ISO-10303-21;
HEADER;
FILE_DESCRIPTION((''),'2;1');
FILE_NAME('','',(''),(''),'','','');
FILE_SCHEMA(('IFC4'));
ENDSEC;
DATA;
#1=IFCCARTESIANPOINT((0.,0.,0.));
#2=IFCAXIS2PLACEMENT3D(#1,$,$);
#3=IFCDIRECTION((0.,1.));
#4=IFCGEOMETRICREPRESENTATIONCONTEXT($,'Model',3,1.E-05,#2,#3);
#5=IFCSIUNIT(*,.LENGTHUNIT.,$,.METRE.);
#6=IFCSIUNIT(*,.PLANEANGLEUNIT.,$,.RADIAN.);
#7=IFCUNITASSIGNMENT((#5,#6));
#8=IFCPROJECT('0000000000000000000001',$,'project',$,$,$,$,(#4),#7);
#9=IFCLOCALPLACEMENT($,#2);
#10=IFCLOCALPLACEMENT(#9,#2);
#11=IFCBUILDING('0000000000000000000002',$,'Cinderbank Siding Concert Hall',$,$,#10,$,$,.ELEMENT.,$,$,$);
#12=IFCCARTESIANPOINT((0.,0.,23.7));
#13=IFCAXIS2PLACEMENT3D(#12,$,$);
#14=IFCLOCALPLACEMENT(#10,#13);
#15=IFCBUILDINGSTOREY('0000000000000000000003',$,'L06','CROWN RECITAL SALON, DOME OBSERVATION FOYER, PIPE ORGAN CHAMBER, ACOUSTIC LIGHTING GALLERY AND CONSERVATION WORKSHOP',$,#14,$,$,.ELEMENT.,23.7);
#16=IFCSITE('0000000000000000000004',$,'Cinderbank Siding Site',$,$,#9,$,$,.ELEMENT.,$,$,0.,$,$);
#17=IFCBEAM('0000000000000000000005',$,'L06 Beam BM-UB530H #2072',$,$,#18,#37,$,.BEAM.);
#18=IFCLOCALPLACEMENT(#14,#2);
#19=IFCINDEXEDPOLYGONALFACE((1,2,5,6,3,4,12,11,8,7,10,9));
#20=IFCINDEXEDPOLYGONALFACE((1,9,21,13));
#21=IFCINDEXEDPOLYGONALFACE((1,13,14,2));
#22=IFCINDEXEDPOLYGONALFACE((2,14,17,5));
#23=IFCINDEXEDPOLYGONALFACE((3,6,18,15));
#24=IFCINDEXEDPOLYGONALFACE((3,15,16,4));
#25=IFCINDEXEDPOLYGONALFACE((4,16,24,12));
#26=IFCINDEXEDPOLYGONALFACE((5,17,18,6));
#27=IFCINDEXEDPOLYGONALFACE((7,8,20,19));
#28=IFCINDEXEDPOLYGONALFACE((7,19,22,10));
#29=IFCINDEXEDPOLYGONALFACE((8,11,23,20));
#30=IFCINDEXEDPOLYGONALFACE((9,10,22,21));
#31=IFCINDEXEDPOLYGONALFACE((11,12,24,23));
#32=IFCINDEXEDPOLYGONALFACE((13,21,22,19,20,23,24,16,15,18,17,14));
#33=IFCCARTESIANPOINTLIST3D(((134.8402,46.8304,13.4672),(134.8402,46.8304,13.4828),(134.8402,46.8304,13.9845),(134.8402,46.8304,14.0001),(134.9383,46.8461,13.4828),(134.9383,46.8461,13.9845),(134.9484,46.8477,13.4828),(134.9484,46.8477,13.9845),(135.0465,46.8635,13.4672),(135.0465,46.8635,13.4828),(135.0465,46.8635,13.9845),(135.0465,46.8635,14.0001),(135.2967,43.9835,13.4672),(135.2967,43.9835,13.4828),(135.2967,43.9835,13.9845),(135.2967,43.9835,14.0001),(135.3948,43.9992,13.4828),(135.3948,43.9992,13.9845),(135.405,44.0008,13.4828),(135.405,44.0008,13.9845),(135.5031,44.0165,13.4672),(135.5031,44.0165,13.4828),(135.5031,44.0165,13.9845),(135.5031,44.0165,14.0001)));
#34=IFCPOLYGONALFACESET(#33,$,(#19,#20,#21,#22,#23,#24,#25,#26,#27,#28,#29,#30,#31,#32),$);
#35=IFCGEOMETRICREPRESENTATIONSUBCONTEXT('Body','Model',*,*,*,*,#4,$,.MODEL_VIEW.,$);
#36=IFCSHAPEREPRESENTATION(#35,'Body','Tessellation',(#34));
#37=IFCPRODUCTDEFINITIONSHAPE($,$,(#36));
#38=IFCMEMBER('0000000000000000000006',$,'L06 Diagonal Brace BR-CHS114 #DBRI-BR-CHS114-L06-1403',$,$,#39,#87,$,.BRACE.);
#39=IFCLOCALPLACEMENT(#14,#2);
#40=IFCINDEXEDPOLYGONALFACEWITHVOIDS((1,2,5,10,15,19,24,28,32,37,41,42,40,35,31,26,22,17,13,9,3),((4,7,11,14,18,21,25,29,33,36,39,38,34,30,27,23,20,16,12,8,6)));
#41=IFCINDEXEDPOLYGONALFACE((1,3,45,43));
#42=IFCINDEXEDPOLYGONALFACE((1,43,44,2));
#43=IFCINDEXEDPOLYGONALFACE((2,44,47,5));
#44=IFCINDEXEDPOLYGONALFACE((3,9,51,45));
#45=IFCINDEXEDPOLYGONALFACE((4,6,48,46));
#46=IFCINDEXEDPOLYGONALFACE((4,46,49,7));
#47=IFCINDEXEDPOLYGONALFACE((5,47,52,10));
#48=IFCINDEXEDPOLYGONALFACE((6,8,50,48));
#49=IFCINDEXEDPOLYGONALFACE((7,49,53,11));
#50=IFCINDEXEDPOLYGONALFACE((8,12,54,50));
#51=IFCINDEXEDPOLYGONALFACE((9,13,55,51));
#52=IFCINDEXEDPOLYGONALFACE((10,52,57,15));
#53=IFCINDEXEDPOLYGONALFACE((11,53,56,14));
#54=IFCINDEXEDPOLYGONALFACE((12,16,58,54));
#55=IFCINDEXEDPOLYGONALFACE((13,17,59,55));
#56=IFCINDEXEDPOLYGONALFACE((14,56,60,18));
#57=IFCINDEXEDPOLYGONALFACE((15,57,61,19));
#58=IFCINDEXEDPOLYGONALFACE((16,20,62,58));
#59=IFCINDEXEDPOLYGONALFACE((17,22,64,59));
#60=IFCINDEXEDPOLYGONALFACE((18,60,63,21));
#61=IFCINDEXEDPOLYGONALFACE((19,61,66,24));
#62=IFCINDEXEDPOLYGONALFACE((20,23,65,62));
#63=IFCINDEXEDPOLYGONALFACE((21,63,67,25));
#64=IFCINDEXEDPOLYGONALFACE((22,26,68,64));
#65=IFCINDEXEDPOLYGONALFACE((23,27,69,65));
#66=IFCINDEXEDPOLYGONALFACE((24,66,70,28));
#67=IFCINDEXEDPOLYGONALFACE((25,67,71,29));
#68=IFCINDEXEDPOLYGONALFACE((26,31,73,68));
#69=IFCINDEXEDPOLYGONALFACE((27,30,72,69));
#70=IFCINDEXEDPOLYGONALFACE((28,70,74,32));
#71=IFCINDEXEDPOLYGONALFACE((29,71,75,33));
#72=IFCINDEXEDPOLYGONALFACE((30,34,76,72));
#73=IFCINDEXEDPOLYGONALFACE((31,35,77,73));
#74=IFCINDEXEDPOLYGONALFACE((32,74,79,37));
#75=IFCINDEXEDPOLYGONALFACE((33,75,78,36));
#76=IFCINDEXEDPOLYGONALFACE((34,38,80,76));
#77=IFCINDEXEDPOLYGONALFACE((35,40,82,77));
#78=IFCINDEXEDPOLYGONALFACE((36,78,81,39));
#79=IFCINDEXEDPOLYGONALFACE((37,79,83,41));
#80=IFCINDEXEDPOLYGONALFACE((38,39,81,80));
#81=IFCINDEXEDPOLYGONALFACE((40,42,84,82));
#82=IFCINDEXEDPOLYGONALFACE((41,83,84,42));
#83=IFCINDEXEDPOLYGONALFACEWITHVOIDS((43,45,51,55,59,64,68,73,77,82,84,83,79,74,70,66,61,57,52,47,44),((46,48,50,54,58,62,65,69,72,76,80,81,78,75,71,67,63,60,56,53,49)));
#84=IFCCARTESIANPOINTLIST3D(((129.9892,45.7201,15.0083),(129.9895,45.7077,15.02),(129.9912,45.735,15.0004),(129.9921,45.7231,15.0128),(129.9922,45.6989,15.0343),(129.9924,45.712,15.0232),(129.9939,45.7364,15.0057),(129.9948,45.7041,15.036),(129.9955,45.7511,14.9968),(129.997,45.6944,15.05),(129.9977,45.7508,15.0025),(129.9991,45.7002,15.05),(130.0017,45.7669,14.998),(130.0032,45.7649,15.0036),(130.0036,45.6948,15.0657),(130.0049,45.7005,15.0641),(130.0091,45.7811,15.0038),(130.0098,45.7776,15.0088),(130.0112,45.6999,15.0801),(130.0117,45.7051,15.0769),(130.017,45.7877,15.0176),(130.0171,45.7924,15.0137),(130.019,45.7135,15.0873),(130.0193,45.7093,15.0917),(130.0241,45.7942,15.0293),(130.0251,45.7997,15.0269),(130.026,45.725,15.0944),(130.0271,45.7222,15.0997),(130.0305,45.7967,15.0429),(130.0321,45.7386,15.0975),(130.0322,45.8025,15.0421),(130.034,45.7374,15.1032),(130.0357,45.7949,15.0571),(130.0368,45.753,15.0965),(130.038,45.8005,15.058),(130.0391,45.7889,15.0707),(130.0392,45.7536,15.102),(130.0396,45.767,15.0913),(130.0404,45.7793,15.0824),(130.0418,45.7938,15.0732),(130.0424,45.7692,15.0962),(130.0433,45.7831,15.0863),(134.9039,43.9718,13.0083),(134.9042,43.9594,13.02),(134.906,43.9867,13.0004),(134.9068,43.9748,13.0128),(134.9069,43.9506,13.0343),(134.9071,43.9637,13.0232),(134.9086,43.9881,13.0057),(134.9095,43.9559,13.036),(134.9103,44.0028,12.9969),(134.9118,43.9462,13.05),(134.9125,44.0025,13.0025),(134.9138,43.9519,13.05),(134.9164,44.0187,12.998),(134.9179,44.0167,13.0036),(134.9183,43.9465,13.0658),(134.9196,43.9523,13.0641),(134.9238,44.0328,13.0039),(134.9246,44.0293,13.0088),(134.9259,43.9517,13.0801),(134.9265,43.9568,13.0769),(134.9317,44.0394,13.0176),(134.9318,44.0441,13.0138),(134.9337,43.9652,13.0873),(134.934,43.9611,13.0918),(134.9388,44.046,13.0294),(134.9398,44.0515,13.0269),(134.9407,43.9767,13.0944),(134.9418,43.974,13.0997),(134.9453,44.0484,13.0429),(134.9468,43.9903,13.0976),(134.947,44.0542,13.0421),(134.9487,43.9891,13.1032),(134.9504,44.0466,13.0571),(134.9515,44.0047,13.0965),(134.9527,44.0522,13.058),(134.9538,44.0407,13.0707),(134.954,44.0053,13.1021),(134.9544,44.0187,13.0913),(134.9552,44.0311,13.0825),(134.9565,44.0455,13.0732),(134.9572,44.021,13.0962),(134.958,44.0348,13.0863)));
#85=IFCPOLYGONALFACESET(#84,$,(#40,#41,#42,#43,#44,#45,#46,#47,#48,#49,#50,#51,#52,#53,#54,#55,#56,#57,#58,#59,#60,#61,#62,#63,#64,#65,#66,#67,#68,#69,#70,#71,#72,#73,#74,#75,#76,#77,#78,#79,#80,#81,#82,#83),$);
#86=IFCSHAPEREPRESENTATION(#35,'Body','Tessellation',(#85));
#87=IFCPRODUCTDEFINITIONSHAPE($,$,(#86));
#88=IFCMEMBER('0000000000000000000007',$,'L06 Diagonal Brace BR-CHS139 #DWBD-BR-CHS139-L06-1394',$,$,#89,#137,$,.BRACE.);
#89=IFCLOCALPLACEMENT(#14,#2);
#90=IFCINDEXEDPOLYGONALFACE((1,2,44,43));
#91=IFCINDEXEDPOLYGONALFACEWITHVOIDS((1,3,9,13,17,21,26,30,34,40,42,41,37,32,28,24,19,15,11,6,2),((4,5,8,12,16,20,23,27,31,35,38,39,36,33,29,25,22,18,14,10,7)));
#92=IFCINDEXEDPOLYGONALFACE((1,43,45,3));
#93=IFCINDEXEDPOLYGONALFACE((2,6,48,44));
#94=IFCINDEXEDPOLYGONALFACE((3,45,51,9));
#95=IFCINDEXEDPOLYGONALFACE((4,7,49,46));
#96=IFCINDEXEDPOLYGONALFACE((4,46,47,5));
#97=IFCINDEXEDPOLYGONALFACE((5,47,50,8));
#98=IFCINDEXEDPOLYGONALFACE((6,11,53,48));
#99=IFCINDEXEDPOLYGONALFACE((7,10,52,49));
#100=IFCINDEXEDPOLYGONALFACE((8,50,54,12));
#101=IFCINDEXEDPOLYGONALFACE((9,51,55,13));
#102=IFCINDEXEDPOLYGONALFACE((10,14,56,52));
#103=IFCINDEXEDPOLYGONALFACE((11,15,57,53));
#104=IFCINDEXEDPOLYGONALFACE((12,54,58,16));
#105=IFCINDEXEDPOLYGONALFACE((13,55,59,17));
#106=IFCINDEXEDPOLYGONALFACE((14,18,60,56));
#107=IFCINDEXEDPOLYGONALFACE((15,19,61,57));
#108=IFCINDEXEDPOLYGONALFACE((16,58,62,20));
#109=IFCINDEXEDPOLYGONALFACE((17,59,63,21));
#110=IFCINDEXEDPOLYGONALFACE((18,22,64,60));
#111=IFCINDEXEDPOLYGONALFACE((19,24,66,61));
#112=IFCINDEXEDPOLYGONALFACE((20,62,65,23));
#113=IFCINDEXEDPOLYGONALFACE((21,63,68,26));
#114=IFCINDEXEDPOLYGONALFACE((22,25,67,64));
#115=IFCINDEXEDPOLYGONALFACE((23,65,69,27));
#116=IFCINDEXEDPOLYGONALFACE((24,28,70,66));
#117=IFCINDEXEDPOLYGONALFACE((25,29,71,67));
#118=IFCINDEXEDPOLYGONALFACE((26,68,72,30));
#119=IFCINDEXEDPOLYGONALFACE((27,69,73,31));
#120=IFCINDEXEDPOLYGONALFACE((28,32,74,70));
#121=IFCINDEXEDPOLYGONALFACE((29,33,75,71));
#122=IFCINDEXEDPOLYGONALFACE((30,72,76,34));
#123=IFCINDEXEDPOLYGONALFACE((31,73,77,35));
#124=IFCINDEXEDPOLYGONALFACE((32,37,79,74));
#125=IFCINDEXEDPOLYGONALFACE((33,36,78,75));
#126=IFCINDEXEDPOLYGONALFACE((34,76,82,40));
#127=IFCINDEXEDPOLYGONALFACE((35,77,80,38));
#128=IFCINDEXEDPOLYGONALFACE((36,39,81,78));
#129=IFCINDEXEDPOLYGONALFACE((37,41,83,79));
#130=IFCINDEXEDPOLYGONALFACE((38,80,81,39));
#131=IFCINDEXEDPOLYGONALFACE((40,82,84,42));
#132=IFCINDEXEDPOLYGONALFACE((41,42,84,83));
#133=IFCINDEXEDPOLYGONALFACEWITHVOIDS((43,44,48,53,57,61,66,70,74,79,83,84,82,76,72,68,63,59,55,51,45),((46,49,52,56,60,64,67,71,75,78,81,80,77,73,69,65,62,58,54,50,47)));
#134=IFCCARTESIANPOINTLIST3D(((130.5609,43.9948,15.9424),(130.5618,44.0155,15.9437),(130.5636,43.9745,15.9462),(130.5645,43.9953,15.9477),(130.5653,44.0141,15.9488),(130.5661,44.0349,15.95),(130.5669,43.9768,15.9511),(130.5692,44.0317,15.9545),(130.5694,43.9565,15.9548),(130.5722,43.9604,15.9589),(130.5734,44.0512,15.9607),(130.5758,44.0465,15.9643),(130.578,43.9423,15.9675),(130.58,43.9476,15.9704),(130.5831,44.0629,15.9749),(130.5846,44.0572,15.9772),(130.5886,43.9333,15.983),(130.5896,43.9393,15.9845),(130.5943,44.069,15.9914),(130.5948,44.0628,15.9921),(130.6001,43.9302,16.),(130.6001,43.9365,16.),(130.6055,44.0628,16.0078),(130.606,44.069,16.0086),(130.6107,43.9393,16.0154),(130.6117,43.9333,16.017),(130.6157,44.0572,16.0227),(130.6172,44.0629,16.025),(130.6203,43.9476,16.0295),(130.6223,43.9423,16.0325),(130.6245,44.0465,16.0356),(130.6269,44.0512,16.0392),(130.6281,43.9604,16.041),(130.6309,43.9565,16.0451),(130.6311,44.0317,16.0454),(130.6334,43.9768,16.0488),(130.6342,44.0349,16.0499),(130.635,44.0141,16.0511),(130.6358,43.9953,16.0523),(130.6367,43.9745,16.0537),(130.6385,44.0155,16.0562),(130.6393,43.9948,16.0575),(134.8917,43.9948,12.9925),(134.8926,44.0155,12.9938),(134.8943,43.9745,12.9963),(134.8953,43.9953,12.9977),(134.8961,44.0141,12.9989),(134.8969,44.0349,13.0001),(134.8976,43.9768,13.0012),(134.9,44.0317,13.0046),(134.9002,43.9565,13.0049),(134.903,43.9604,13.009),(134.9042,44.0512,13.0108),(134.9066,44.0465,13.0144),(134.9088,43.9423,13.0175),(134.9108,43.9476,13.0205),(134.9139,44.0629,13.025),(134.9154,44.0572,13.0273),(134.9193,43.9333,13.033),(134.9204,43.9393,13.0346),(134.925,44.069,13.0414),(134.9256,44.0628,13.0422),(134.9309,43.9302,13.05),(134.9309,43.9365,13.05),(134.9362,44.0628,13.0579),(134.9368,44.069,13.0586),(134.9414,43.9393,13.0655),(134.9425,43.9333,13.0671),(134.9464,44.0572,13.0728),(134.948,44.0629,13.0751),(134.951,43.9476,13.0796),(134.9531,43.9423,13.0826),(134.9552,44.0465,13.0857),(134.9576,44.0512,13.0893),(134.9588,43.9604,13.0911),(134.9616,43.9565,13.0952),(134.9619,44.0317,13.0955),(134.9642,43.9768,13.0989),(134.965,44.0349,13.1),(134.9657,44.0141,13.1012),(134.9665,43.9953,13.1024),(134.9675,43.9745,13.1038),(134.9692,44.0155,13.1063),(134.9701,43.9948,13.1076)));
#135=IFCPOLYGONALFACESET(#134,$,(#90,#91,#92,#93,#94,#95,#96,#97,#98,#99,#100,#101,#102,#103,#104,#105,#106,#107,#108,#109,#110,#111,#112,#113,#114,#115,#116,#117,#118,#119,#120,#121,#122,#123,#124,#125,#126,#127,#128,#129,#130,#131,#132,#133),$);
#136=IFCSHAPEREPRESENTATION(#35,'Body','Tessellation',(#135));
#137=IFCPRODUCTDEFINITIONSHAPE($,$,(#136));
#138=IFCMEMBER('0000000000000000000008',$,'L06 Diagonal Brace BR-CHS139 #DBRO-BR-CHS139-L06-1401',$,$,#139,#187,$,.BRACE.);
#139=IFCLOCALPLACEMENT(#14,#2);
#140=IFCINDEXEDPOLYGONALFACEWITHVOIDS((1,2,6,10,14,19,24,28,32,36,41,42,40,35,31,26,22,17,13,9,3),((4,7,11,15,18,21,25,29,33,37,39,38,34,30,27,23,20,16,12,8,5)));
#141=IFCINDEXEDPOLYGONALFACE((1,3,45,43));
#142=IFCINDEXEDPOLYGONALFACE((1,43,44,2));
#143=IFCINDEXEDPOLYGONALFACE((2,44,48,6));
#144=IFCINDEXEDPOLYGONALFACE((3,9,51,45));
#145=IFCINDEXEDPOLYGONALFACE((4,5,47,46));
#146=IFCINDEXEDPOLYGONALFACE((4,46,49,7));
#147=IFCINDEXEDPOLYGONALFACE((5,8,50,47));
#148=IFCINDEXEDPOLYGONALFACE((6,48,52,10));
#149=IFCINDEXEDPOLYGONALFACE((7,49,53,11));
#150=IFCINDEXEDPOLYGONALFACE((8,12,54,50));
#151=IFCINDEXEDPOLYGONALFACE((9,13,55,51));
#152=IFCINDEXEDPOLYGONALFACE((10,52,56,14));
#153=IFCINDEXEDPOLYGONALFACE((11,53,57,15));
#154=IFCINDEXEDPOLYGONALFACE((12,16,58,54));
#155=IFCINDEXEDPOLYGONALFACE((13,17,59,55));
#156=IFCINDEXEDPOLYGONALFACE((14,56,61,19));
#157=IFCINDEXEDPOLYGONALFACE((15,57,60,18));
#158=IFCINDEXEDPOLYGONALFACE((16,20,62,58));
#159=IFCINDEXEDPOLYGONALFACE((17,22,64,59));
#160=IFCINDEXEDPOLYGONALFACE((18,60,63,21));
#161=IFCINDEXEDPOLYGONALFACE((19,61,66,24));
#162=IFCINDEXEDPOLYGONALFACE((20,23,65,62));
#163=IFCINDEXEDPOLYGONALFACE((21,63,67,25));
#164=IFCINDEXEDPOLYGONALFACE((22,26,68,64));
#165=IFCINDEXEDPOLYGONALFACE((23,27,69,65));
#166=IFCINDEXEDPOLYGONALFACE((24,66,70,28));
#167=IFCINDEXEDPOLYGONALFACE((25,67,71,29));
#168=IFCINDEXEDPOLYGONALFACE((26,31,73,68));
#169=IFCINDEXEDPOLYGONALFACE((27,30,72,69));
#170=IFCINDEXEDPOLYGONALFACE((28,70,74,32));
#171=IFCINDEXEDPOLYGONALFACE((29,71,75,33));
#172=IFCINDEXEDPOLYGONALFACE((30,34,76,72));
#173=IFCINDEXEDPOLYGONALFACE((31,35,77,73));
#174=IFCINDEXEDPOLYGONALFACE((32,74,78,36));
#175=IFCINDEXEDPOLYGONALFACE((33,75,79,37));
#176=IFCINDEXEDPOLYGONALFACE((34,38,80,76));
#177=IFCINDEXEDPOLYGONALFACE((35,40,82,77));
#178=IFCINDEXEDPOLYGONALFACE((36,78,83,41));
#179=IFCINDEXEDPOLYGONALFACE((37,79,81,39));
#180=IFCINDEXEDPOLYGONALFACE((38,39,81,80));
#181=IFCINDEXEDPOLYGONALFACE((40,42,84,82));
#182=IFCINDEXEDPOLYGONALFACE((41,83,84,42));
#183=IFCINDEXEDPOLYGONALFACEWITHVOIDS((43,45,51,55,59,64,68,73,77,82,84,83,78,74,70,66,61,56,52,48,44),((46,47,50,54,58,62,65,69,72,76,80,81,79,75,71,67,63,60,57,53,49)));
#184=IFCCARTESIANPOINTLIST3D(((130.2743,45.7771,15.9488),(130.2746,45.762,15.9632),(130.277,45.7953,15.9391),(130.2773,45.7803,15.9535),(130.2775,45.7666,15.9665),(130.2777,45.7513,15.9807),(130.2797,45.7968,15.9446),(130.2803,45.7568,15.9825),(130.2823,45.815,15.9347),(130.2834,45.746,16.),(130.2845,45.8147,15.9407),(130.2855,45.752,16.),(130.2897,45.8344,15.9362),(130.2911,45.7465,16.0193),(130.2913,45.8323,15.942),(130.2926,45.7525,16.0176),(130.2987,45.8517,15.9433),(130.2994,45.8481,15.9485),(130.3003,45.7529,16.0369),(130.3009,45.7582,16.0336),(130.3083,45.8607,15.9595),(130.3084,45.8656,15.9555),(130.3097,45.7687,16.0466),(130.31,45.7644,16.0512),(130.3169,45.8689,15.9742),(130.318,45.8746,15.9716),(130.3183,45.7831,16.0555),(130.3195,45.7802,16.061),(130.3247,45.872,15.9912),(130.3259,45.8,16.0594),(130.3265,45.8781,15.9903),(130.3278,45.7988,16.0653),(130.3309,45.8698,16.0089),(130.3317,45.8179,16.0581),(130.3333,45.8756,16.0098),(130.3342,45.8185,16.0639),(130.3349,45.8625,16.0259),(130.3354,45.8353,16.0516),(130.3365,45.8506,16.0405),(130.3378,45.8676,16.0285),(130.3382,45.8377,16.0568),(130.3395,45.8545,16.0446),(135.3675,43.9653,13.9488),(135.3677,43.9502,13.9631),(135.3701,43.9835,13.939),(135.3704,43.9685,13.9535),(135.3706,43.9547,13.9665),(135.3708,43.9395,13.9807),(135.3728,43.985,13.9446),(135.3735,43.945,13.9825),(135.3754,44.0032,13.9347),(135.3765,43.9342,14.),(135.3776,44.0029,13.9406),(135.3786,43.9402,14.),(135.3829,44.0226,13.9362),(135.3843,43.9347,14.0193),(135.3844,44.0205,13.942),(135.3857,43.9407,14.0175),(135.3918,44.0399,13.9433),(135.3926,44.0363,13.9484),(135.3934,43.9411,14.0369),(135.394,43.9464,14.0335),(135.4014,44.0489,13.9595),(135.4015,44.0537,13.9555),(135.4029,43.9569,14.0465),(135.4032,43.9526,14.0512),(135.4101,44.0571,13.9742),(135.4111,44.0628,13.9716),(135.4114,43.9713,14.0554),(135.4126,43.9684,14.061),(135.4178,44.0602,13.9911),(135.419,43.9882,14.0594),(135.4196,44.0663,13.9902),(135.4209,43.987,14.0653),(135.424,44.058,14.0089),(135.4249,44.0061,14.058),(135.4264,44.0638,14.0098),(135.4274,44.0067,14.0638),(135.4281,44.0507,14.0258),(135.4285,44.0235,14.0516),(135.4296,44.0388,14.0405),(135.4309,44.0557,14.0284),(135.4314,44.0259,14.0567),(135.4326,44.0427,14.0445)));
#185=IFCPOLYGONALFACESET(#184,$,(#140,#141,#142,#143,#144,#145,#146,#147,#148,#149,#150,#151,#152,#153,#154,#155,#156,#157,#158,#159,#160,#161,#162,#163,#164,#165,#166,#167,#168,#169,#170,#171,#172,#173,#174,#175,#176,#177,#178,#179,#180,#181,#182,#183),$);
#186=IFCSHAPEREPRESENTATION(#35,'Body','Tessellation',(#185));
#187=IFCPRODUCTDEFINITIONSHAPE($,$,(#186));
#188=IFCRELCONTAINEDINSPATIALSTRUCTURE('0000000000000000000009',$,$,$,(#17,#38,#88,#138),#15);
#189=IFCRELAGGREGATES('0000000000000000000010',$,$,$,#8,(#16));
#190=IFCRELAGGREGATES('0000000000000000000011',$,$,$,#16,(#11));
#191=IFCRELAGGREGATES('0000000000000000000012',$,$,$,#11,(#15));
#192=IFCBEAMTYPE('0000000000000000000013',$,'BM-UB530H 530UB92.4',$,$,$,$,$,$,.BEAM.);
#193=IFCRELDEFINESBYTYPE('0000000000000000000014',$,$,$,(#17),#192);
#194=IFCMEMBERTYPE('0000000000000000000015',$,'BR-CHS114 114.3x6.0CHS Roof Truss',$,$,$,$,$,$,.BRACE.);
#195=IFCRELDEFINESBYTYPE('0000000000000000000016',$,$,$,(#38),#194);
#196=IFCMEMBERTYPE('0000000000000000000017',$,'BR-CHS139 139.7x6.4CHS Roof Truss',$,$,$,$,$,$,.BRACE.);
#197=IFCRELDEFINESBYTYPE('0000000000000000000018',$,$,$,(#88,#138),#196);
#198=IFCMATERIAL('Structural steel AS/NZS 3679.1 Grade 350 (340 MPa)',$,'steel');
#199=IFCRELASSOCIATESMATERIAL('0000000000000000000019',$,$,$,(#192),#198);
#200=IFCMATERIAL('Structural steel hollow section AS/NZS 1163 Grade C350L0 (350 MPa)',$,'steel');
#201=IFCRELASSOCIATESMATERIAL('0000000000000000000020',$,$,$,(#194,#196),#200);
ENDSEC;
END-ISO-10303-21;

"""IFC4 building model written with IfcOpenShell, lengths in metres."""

from ifc_helpers import new_model, si_unit, direction, frame, origin, origin_2d, place, context, subcontext, project, spatial, hollow_circle, i_section, extrude, material, material_profile, profile_set, type_object, element, save


model = new_model("IFC4")

# Units and contexts
model_context = context("Model", 3, precision=1e-05, world=origin(), true_north=direction((0.0, 1.0)))
body_context = subcontext(model_context, "Body", "Model", "MODEL_VIEW")
ifc_project = project(units=[si_unit("LENGTHUNIT", "METRE"), si_unit("PLANEANGLEUNIT", "RADIAN")], contexts=[model_context])

# Site, building, storey
site_placement = place(None, origin())
site = spatial("IfcSite", under=ifc_project, at=site_placement, Name="Cinderbank Siding Site", CompositionType="ELEMENT", RefElevation=0.0)
building_placement = place(site_placement, origin())
building = spatial("IfcBuilding", under=site, at=building_placement, Name="Cinderbank Siding Concert Hall", CompositionType="ELEMENT")
storey_placement = place(building_placement, frame((0.0, 0.0, 23.7)))
storey = spatial("IfcBuildingStorey", under=building, at=storey_placement, Name="L06", Description="CROWN RECITAL SALON, DOME OBSERVATION FOYER, PIPE ORGAN CHAMBER, ACOUSTIC LIGHTING GALLERY AND CONSERVATION WORKSHOP", CompositionType="ELEMENT", Elevation=23.7)

# Beam
ifc_material_1 = material(Name="Structural steel AS/NZS 3679.1 Grade 350 (340 MPa)", Category="steel")
ifc_material_profile_1 = material_profile(ifc_material_1, i_section(OverallWidth=0.209, OverallDepth=0.533, WebThickness=0.0103, FlangeThickness=0.0156, at=origin_2d()), Name="530UB92.4", Category="LoadBearing")
ifc_profile_set_1 = profile_set([ifc_material_profile_1], Name="Structural steel AS/NZS 3679.1 Grade 350 (340 MPa)")
beam_type = type_object("IfcBeamType", Name="BM-UB530H 530UB92.4", PredefinedType="BEAM", material=ifc_profile_set_1)
beam_placement = place(storey_placement, frame((135.3999, 44.0, 13.7336), z_axis=(-0.158341, 0.987385, 0.0), x_axis=(-0.987385, -0.158341, 0.0)))
element("IfcBeam", 1, at=beam_placement, inside=storey, type_object=beam_type, Name="L06 Beam BM-UB530H #2072", PredefinedType="BEAM", context=body_context, shape_type="SweptSolid", body=[
    extrude(i_section(OverallWidth=0.209, OverallDepth=0.533, WebThickness=0.0103, FlangeThickness=0.0156, at=origin_2d()), origin(), (0.0, 0.0, 1.0), 2.8833),
])

# Members
ifc_material_2 = material(Name="Structural steel hollow section AS/NZS 1163 Grade C350L0 (350 MPa)", Category="steel")
ifc_material_profile_2 = material_profile(ifc_material_2, hollow_circle(Radius=0.0571, WallThickness=0.0061, at=origin_2d()), Name="114.3x6.0CHS", Category="LoadBearing")
ifc_profile_set_2 = profile_set([ifc_material_profile_2], Name="Structural steel hollow section AS/NZS 1163 Grade C350L0 (350 MPa)")
member_type_1 = type_object("IfcMemberType", Name="BR-CHS114 114.3x6.0CHS Roof Truss", PredefinedType="BRACE", material=ifc_profile_set_2)
member_1_placement = place(storey_placement, frame((134.9309, 44.0, 13.05), z_axis=(-0.879724, 0.312935, 0.35799), x_axis=(-0.335147, -0.942166, 0.0)))
element("IfcMember", 2, at=member_1_placement, inside=storey, type_object=member_type_1, Name="L06 Diagonal Brace BR-CHS114 #DBRI-BR-CHS114-L06-1403", PredefinedType="BRACE", context=body_context, shape_type="SweptSolid", body=[
    extrude(hollow_circle(Radius=0.0571, WallThickness=0.0061, at=origin_2d()), origin(), (0.0, 0.0, 1.0), 5.5867),
])
ifc_material_profile_3 = material_profile(ifc_material_2, hollow_circle(Radius=0.0698, WallThickness=0.0063, at=origin_2d()), Name="139.7x6.4CHS", Category="LoadBearing")
ifc_profile_set_3 = profile_set([ifc_material_profile_3], Name="Structural steel hollow section AS/NZS 1163 Grade C350L0 (350 MPa)")
member_type_2 = type_object("IfcMemberType", Name="BR-CHS139 139.7x6.4CHS Roof Truss", PredefinedType="BRACE", material=ifc_profile_set_3)
member_2_placement = place(storey_placement, frame((134.9309, 44.0, 13.05), z_axis=(-0.826483, 0.0, 0.562962), x_axis=(0.0, -1.0, 0.0)))
element("IfcMember", 3, at=member_2_placement, inside=storey, type_object=member_type_2, Name="L06 Diagonal Brace BR-CHS139 #DWBD-BR-CHS139-L06-1394", PredefinedType="BRACE", context=body_context, shape_type="SweptSolid", body=[
    extrude(hollow_circle(Radius=0.0698, WallThickness=0.0063, at=origin_2d()), origin(), (0.0, 0.0, 1.0), 5.24),
])
member_3_placement = place(storey_placement, frame((135.3999, 44.0, 14.0), z_axis=(-0.883622, 0.314336, 0.346994), x_axis=(-0.33516, -0.942161, 0.0)))
element("IfcMember", 4, at=member_3_placement, inside=storey, type_object=member_type_2, Name="L06 Diagonal Brace BR-CHS139 #DBRO-BR-CHS139-L06-1401", PredefinedType="BRACE", context=body_context, shape_type="SweptSolid", body=[
    extrude(hollow_circle(Radius=0.0698, WallThickness=0.0063, at=origin_2d()), origin(), (0.0, 0.0, 1.0), 5.7639),
])

save(model, "model.ifc")
